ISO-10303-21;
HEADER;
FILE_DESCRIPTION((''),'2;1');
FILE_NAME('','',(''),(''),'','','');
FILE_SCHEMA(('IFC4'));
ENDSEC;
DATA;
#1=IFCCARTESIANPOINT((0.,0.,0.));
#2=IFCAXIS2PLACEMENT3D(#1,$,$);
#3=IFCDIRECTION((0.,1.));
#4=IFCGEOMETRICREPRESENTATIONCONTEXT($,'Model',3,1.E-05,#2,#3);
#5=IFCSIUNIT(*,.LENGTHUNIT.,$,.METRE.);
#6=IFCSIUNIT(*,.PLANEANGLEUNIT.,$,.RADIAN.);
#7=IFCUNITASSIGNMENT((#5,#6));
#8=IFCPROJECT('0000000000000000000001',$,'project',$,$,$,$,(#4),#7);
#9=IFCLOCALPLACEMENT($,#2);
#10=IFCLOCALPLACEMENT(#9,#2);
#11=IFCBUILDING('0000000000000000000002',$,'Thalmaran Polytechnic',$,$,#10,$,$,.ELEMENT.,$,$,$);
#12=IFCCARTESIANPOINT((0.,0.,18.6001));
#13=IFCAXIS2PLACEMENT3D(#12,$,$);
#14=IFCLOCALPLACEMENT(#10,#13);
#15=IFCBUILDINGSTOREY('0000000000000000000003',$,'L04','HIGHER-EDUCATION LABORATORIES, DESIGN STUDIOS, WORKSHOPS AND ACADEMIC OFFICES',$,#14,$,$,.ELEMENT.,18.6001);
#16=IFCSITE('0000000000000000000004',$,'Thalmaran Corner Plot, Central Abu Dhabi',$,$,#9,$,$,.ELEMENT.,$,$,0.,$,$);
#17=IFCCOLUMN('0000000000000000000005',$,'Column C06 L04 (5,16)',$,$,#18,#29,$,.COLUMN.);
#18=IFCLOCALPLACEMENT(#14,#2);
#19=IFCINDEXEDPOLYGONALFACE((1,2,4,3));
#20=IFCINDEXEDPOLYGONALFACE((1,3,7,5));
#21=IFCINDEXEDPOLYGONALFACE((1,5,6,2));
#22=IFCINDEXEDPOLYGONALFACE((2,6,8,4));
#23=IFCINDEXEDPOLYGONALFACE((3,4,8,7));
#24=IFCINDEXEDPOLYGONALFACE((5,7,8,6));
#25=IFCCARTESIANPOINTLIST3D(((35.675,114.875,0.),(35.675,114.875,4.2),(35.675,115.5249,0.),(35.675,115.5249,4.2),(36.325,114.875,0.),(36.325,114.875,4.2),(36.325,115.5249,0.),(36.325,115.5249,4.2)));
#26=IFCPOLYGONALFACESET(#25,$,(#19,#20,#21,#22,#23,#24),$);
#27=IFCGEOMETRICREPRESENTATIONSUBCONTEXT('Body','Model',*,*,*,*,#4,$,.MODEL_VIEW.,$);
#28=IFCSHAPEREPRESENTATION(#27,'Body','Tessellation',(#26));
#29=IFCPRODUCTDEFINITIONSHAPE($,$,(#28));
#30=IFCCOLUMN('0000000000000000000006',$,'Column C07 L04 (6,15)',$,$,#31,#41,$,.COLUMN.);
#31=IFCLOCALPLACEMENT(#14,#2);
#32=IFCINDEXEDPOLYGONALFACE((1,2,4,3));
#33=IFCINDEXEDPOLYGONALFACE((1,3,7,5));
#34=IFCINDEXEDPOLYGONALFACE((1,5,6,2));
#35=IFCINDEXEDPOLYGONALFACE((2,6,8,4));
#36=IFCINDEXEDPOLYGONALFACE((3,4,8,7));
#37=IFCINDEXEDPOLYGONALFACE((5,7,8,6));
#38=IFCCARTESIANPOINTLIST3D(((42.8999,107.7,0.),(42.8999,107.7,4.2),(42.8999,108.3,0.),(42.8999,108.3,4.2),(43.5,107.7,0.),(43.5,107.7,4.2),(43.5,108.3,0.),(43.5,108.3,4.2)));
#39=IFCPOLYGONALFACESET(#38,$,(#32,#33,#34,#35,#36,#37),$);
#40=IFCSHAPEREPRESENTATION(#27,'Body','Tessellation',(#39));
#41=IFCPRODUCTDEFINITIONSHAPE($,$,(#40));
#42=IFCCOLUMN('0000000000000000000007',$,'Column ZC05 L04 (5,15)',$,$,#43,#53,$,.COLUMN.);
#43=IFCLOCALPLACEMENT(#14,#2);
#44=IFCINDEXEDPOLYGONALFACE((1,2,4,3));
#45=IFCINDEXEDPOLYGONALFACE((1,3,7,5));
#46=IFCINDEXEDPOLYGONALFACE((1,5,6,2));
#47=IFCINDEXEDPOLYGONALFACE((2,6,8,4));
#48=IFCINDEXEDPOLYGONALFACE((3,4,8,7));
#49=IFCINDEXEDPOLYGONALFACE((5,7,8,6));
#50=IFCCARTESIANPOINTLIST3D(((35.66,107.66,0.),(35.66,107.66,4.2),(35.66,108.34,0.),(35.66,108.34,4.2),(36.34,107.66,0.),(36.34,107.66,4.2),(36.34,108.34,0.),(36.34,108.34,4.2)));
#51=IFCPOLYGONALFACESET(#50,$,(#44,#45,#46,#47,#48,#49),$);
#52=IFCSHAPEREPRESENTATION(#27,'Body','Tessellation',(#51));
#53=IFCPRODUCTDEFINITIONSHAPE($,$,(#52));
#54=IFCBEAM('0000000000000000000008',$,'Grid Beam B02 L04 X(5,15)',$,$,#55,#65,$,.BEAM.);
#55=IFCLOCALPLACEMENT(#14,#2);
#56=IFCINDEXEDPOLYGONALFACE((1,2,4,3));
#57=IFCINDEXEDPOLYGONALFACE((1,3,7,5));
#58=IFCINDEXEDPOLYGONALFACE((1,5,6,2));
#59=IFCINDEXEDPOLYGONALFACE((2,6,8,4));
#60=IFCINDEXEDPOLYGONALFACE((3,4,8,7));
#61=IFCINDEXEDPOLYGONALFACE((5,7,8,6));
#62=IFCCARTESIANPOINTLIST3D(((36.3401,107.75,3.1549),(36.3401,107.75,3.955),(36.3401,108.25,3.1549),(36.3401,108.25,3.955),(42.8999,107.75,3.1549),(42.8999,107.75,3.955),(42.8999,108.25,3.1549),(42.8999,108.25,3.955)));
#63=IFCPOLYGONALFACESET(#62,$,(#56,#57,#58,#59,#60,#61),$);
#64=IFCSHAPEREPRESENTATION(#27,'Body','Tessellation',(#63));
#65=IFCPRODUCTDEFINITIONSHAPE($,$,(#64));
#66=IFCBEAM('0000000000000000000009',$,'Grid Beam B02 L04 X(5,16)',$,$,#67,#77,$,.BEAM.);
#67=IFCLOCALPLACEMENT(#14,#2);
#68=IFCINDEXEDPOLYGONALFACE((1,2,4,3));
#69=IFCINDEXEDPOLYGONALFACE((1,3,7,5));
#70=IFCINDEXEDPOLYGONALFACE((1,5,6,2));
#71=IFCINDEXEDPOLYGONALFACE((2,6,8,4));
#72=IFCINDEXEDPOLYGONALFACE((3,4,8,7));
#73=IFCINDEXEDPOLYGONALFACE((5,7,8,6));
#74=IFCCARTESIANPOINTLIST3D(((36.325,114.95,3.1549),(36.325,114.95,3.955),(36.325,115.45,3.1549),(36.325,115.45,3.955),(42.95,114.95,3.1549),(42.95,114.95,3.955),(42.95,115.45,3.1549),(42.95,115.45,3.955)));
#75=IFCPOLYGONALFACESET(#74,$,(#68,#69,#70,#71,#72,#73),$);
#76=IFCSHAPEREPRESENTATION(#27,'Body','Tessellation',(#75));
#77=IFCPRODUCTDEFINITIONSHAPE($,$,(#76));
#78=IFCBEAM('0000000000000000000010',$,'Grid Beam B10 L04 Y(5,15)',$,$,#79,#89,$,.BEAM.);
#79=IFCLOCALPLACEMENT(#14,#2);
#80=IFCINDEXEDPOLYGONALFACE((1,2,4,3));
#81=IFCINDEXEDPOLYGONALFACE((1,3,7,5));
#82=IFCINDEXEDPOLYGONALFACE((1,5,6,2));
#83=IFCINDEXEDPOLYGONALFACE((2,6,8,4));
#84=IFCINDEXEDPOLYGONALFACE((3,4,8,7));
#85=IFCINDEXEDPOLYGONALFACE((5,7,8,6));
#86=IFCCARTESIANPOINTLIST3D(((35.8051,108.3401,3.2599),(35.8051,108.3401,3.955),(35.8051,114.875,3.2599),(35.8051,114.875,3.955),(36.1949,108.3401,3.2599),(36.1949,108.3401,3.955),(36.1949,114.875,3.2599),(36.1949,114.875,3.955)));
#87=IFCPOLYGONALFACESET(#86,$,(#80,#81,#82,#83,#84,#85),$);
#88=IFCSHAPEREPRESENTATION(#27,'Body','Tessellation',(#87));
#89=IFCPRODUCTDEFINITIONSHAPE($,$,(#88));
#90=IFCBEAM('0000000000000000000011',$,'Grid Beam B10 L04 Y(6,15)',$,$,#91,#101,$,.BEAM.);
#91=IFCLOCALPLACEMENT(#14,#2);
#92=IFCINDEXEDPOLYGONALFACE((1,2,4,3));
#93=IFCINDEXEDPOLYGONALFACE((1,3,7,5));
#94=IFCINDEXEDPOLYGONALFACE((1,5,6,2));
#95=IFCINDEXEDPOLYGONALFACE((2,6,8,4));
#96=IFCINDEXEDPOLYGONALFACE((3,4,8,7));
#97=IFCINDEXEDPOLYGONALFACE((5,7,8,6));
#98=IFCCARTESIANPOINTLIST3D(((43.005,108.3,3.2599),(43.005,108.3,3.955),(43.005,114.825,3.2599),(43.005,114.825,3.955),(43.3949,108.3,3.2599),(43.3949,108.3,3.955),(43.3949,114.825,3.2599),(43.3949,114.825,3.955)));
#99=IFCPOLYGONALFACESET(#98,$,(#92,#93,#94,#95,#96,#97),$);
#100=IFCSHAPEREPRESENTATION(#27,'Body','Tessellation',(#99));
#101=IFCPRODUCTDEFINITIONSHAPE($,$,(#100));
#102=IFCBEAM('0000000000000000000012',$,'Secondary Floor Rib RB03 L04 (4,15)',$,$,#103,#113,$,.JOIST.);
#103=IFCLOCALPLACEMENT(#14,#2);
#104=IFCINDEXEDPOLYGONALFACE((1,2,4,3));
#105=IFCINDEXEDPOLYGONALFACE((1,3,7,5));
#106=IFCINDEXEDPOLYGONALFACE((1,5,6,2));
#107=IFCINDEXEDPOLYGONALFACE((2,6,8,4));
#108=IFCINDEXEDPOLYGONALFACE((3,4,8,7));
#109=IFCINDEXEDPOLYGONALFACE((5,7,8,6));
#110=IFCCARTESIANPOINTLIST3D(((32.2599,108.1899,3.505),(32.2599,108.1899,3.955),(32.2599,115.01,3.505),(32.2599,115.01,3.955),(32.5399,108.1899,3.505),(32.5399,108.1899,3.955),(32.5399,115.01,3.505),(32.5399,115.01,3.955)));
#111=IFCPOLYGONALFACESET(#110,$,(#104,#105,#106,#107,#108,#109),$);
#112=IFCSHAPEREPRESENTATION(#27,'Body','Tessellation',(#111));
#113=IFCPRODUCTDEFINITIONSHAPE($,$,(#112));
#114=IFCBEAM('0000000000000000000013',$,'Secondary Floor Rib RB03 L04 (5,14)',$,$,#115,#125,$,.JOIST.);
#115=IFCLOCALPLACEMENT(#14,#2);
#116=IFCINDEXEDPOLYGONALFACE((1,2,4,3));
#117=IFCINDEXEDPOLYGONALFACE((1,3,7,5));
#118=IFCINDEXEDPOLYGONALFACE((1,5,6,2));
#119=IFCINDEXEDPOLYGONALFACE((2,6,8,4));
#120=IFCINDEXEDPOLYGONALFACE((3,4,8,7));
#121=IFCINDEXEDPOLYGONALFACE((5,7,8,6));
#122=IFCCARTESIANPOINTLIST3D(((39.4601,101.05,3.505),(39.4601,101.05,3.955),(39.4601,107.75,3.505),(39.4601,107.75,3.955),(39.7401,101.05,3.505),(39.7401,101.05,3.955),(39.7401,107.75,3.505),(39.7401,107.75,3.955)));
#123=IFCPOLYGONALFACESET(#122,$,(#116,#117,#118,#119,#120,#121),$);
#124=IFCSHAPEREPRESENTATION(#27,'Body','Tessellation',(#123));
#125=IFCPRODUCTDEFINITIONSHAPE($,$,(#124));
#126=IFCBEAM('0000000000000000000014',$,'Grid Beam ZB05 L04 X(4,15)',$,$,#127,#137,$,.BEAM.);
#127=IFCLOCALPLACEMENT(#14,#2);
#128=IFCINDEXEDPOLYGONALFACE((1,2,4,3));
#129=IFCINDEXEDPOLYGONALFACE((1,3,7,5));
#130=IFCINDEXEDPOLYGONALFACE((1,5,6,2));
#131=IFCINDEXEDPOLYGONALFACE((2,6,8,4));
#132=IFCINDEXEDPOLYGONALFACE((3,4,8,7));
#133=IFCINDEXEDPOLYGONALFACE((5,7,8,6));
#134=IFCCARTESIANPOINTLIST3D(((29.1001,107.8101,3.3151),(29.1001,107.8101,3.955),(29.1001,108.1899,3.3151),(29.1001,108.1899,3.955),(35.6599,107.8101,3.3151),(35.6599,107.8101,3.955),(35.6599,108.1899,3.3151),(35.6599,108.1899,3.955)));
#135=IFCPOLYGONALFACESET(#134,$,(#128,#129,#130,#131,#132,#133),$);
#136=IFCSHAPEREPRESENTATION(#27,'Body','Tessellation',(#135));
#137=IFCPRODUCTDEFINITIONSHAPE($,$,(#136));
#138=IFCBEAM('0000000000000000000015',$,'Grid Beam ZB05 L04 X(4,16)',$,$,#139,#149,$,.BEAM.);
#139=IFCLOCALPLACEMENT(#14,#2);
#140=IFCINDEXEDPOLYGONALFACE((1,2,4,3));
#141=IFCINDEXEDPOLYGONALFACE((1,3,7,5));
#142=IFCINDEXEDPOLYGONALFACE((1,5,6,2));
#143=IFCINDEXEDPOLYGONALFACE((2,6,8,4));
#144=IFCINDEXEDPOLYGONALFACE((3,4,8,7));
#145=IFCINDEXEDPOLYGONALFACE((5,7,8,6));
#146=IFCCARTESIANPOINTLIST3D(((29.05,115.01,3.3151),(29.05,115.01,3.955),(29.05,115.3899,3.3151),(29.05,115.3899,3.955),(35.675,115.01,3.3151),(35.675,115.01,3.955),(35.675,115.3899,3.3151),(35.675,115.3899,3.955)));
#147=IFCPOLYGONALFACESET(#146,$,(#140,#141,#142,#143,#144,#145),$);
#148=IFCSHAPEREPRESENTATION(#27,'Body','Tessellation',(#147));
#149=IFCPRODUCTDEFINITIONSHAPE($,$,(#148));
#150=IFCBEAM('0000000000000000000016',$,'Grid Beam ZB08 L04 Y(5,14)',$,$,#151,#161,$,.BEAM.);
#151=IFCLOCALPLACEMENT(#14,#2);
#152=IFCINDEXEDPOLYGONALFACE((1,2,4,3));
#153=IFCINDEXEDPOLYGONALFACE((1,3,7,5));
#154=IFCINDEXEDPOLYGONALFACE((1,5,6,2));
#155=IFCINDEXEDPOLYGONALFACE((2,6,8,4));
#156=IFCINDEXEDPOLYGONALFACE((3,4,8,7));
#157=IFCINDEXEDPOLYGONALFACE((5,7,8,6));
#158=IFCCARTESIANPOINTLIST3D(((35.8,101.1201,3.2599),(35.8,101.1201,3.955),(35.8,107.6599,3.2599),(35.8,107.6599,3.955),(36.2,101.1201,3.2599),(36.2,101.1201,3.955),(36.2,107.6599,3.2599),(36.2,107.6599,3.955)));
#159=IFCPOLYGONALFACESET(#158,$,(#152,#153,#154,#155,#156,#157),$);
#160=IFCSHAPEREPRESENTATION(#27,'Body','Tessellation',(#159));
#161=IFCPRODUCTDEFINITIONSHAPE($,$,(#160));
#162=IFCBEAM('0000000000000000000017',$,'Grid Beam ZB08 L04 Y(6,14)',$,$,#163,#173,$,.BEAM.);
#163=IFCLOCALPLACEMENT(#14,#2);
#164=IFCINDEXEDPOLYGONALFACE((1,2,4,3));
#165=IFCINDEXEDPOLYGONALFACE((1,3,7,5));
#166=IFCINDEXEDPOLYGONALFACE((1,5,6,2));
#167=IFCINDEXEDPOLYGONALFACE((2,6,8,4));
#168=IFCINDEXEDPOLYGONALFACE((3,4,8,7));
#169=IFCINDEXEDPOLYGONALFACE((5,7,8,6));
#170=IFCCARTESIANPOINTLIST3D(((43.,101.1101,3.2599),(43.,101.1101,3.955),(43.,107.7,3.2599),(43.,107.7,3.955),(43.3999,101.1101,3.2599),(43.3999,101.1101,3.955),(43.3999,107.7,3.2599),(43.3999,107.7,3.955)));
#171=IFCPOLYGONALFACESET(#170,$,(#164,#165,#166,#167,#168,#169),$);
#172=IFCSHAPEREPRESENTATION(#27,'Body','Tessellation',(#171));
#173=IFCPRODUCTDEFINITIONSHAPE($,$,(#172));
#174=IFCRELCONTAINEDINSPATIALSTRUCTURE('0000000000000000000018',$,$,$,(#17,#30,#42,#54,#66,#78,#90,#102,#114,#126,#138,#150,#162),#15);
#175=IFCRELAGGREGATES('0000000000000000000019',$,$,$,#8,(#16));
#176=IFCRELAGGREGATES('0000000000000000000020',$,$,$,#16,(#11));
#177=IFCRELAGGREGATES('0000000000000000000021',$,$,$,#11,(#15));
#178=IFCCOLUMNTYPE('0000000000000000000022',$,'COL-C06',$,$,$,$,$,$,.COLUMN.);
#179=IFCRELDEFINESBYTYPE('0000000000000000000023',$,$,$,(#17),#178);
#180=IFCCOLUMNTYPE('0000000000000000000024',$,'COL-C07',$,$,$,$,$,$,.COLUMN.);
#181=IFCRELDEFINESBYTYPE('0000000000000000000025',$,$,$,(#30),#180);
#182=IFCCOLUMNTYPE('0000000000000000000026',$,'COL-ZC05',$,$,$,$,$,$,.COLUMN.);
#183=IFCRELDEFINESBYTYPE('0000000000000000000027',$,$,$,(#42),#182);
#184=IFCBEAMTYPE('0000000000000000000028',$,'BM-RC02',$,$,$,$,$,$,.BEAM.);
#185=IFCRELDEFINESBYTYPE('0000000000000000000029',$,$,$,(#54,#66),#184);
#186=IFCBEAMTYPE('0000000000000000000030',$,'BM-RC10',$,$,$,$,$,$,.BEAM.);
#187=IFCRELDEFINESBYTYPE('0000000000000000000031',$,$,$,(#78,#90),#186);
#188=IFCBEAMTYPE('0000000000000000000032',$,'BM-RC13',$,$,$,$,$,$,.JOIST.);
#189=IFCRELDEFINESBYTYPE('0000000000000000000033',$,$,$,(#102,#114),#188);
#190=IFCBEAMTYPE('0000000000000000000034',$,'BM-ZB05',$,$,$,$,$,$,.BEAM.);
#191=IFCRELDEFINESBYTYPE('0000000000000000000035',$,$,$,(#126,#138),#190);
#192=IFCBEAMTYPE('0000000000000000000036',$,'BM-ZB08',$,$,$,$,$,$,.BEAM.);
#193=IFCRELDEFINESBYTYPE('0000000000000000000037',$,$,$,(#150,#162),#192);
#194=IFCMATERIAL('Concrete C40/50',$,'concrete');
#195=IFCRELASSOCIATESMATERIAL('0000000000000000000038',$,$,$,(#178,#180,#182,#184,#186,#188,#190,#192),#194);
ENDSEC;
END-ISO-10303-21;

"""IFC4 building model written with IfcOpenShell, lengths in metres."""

from ifc_helpers import new_model, si_unit, direction, frame, origin, origin_2d, place, context, subcontext, project, spatial, rectangle, extrude, material, material_profile, profile_set, type_object, element, save


model = new_model("IFC4")

# Units and contexts
model_context = context("Model", 3, precision=1e-05, world=origin(), true_north=direction((0.0, 1.0)))
body_context = subcontext(model_context, "Body", "Model", "MODEL_VIEW")
ifc_project = project(units=[si_unit("LENGTHUNIT", "METRE"), si_unit("PLANEANGLEUNIT", "RADIAN")], contexts=[model_context])

# Site, building, storey
site_placement = place(None, origin())
site = spatial("IfcSite", under=ifc_project, at=site_placement, Name="Thalmaran Corner Plot, Central Abu Dhabi", CompositionType="ELEMENT", RefElevation=0.0)
building_placement = place(site_placement, origin())
building = spatial("IfcBuilding", under=site, at=building_placement, Name="Thalmaran Polytechnic", CompositionType="ELEMENT")
storey_placement = place(building_placement, frame((0.0, 0.0, 18.6001)))
storey = spatial("IfcBuildingStorey", under=building, at=storey_placement, Name="L04", Description="HIGHER-EDUCATION LABORATORIES, DESIGN STUDIOS, WORKSHOPS AND ACADEMIC OFFICES", CompositionType="ELEMENT", Elevation=18.6001)

# Columns
ifc_material_1 = material(Name="Concrete C40/50", Category="concrete")
ifc_material_profile_1 = material_profile(ifc_material_1, rectangle(XDim=0.6499, YDim=0.6499, at=origin_2d()), Name="RC 650x650")
ifc_profile_set_1 = profile_set([ifc_material_profile_1], Name="Concrete C40/50")
column_type_1 = type_object("IfcColumnType", Name="COL-C06", PredefinedType="COLUMN", material=ifc_profile_set_1)
column_1_placement = place(storey_placement, frame((36.0, 115.2, 0.0), z_axis=(0.0, 0.0, 1.0), x_axis=(1.0, 0.0, 0.0)))
element("IfcColumn", 1, at=column_1_placement, inside=storey, type_object=column_type_1, Name="Column C06 L04 (5,16)", PredefinedType="COLUMN", context=body_context, shape_type="SweptSolid", body=[
    extrude(rectangle(XDim=0.6499, YDim=0.6499, at=origin_2d()), origin(), (0.0, 0.0, 1.0), 4.2),
])
ifc_material_profile_2 = material_profile(ifc_material_1, rectangle(XDim=0.6001, YDim=0.6001, at=origin_2d()), Name="RC 600x600")
ifc_profile_set_2 = profile_set([ifc_material_profile_2], Name="Concrete C40/50")
column_type_2 = type_object("IfcColumnType", Name="COL-C07", PredefinedType="COLUMN", material=ifc_profile_set_2)
column_2_placement = place(storey_placement, frame((43.2, 108.0, 0.0), z_axis=(0.0, 0.0, 1.0), x_axis=(1.0, 0.0, 0.0)))
element("IfcColumn", 2, at=column_2_placement, inside=storey, type_object=column_type_2, Name="Column C07 L04 (6,15)", PredefinedType="COLUMN", context=body_context, shape_type="SweptSolid", body=[
    extrude(rectangle(XDim=0.6001, YDim=0.6001, at=origin_2d()), origin(), (0.0, 0.0, 1.0), 4.2),
])
ifc_material_profile_3 = material_profile(ifc_material_1, rectangle(XDim=0.6799, YDim=0.6799, at=origin_2d()), Name="RC 680x680")
ifc_profile_set_3 = profile_set([ifc_material_profile_3], Name="Concrete C40/50")
column_type_3 = type_object("IfcColumnType", Name="COL-ZC05", PredefinedType="COLUMN", material=ifc_profile_set_3)
column_3_placement = place(storey_placement, frame((36.0, 108.0, 0.0), z_axis=(0.0, 0.0, 1.0), x_axis=(1.0, 0.0, 0.0)))
element("IfcColumn", 3, at=column_3_placement, inside=storey, type_object=column_type_3, Name="Column ZC05 L04 (5,15)", PredefinedType="COLUMN", context=body_context, shape_type="SweptSolid", body=[
    extrude(rectangle(XDim=0.6799, YDim=0.6799, at=origin_2d()), origin(), (0.0, 0.0, 1.0), 4.2),
])

# Beams
ifc_material_profile_4 = material_profile(ifc_material_1, rectangle(XDim=0.5, YDim=0.8, at=origin_2d()), Name="RC 500x800")
ifc_profile_set_4 = profile_set([ifc_material_profile_4], Name="Concrete C40/50")
beam_type_1 = type_object("IfcBeamType", Name="BM-RC02", PredefinedType="BEAM", material=ifc_profile_set_4)
beam_1_placement = place(storey_placement, frame((36.3401, 108.0, 3.5549), z_axis=(1.0, 0.0, 0.0), x_axis=(0.0, 1.0, 0.0)))
element("IfcBeam", 4, at=beam_1_placement, inside=storey, type_object=beam_type_1, Name="Grid Beam B02 L04 X(5,15)", PredefinedType="BEAM", context=body_context, shape_type="SweptSolid", body=[
    extrude(rectangle(XDim=0.5, YDim=0.8, at=origin_2d()), origin(), (0.0, 0.0, 1.0), 6.5598),
])
beam_2_placement = place(storey_placement, frame((36.325, 115.2, 3.5549), z_axis=(1.0, 0.0, 0.0), x_axis=(0.0, 1.0, 0.0)))
element("IfcBeam", 5, at=beam_2_placement, inside=storey, type_object=beam_type_1, Name="Grid Beam B02 L04 X(5,16)", PredefinedType="BEAM", context=body_context, shape_type="SweptSolid", body=[
    extrude(rectangle(XDim=0.5, YDim=0.8, at=origin_2d()), origin(), (0.0, 0.0, 1.0), 6.625),
])
ifc_material_profile_5 = material_profile(ifc_material_1, rectangle(XDim=0.3899, YDim=0.6951, at=origin_2d()), Name="RC 390x695")
ifc_profile_set_5 = profile_set([ifc_material_profile_5], Name="Concrete C40/50")
beam_type_2 = type_object("IfcBeamType", Name="BM-RC10", PredefinedType="BEAM", material=ifc_profile_set_5)
beam_3_placement = place(storey_placement, frame((36.0, 108.3401, 3.6074), z_axis=(0.0, 1.0, 0.0), x_axis=(-1.0, 0.0, 0.0)))
element("IfcBeam", 6, at=beam_3_placement, inside=storey, type_object=beam_type_2, Name="Grid Beam B10 L04 Y(5,15)", PredefinedType="BEAM", context=body_context, shape_type="SweptSolid", body=[
    extrude(rectangle(XDim=0.3899, YDim=0.6951, at=origin_2d()), origin(), (0.0, 0.0, 1.0), 6.5349),
])
beam_4_placement = place(storey_placement, frame((43.2, 108.3, 3.6074), z_axis=(0.0, 1.0, 0.0), x_axis=(-1.0, 0.0, 0.0)))
element("IfcBeam", 7, at=beam_4_placement, inside=storey, type_object=beam_type_2, Name="Grid Beam B10 L04 Y(6,15)", PredefinedType="BEAM", context=body_context, shape_type="SweptSolid", body=[
    extrude(rectangle(XDim=0.3899, YDim=0.6951, at=origin_2d()), origin(), (0.0, 0.0, 1.0), 6.5249),
])
ifc_material_profile_6 = material_profile(ifc_material_1, rectangle(XDim=0.28, YDim=0.45, at=origin_2d()), Name="RC 280x450")
ifc_profile_set_6 = profile_set([ifc_material_profile_6], Name="Concrete C40/50")
beam_type_3 = type_object("IfcBeamType", Name="BM-RC13", PredefinedType="JOIST", material=ifc_profile_set_6)
beam_5_placement = place(storey_placement, frame((32.3999, 108.1899, 3.73), z_axis=(0.0, 1.0, 0.0), x_axis=(-1.0, 0.0, 0.0)))
element("IfcBeam", 8, at=beam_5_placement, inside=storey, type_object=beam_type_3, Name="Secondary Floor Rib RB03 L04 (4,15)", PredefinedType="JOIST", context=body_context, shape_type="SweptSolid", body=[
    extrude(rectangle(XDim=0.28, YDim=0.45, at=origin_2d()), origin(), (0.0, 0.0, 1.0), 6.8201),
])
beam_6_placement = place(storey_placement, frame((39.6001, 101.05, 3.73), z_axis=(0.0, 1.0, 0.0), x_axis=(-1.0, 0.0, 0.0)))
element("IfcBeam", 9, at=beam_6_placement, inside=storey, type_object=beam_type_3, Name="Secondary Floor Rib RB03 L04 (5,14)", PredefinedType="JOIST", context=body_context, shape_type="SweptSolid", body=[
    extrude(rectangle(XDim=0.28, YDim=0.45, at=origin_2d()), origin(), (0.0, 0.0, 1.0), 6.7),
])
ifc_material_profile_7 = material_profile(ifc_material_1, rectangle(XDim=0.3799, YDim=0.6399, at=origin_2d()), Name="RC 380x640")
ifc_profile_set_7 = profile_set([ifc_material_profile_7], Name="Concrete C40/50")
beam_type_4 = type_object("IfcBeamType", Name="BM-ZB05", PredefinedType="BEAM", material=ifc_profile_set_7)
beam_7_placement = place(storey_placement, frame((29.1001, 108.0, 3.635), z_axis=(1.0, 0.0, 0.0), x_axis=(0.0, 1.0, 0.0)))
element("IfcBeam", 10, at=beam_7_placement, inside=storey, type_object=beam_type_4, Name="Grid Beam ZB05 L04 X(4,15)", PredefinedType="BEAM", context=body_context, shape_type="SweptSolid", body=[
    extrude(rectangle(XDim=0.3799, YDim=0.6399, at=origin_2d()), origin(), (0.0, 0.0, 1.0), 6.5598),
])
beam_8_placement = place(storey_placement, frame((29.05, 115.2, 3.635), z_axis=(1.0, 0.0, 0.0), x_axis=(0.0, 1.0, 0.0)))
element("IfcBeam", 11, at=beam_8_placement, inside=storey, type_object=beam_type_4, Name="Grid Beam ZB05 L04 X(4,16)", PredefinedType="BEAM", context=body_context, shape_type="SweptSolid", body=[
    extrude(rectangle(XDim=0.3799, YDim=0.6399, at=origin_2d()), origin(), (0.0, 0.0, 1.0), 6.625),
])
ifc_material_profile_8 = material_profile(ifc_material_1, rectangle(XDim=0.3999, YDim=0.6951, at=origin_2d()), Name="RC 400x695")
ifc_profile_set_8 = profile_set([ifc_material_profile_8], Name="Concrete C40/50")
beam_type_5 = type_object("IfcBeamType", Name="BM-ZB08", PredefinedType="BEAM", material=ifc_profile_set_8)
beam_9_placement = place(storey_placement, frame((36.0, 101.1201, 3.6074), z_axis=(0.0, 1.0, 0.0), x_axis=(-1.0, 0.0, 0.0)))
element("IfcBeam", 12, at=beam_9_placement, inside=storey, type_object=beam_type_5, Name="Grid Beam ZB08 L04 Y(5,14)", PredefinedType="BEAM", context=body_context, shape_type="SweptSolid", body=[
    extrude(rectangle(XDim=0.3999, YDim=0.6951, at=origin_2d()), origin(), (0.0, 0.0, 1.0), 6.5398),
])
beam_10_placement = place(storey_placement, frame((43.2, 101.1101, 3.6074), z_axis=(0.0, 1.0, 0.0), x_axis=(-1.0, 0.0, 0.0)))
element("IfcBeam", 13, at=beam_10_placement, inside=storey, type_object=beam_type_5, Name="Grid Beam ZB08 L04 Y(6,14)", PredefinedType="BEAM", context=body_context, shape_type="SweptSolid", body=[
    extrude(rectangle(XDim=0.3999, YDim=0.6951, at=origin_2d()), origin(), (0.0, 0.0, 1.0), 6.5898),
])

save(model, "model.ifc")
